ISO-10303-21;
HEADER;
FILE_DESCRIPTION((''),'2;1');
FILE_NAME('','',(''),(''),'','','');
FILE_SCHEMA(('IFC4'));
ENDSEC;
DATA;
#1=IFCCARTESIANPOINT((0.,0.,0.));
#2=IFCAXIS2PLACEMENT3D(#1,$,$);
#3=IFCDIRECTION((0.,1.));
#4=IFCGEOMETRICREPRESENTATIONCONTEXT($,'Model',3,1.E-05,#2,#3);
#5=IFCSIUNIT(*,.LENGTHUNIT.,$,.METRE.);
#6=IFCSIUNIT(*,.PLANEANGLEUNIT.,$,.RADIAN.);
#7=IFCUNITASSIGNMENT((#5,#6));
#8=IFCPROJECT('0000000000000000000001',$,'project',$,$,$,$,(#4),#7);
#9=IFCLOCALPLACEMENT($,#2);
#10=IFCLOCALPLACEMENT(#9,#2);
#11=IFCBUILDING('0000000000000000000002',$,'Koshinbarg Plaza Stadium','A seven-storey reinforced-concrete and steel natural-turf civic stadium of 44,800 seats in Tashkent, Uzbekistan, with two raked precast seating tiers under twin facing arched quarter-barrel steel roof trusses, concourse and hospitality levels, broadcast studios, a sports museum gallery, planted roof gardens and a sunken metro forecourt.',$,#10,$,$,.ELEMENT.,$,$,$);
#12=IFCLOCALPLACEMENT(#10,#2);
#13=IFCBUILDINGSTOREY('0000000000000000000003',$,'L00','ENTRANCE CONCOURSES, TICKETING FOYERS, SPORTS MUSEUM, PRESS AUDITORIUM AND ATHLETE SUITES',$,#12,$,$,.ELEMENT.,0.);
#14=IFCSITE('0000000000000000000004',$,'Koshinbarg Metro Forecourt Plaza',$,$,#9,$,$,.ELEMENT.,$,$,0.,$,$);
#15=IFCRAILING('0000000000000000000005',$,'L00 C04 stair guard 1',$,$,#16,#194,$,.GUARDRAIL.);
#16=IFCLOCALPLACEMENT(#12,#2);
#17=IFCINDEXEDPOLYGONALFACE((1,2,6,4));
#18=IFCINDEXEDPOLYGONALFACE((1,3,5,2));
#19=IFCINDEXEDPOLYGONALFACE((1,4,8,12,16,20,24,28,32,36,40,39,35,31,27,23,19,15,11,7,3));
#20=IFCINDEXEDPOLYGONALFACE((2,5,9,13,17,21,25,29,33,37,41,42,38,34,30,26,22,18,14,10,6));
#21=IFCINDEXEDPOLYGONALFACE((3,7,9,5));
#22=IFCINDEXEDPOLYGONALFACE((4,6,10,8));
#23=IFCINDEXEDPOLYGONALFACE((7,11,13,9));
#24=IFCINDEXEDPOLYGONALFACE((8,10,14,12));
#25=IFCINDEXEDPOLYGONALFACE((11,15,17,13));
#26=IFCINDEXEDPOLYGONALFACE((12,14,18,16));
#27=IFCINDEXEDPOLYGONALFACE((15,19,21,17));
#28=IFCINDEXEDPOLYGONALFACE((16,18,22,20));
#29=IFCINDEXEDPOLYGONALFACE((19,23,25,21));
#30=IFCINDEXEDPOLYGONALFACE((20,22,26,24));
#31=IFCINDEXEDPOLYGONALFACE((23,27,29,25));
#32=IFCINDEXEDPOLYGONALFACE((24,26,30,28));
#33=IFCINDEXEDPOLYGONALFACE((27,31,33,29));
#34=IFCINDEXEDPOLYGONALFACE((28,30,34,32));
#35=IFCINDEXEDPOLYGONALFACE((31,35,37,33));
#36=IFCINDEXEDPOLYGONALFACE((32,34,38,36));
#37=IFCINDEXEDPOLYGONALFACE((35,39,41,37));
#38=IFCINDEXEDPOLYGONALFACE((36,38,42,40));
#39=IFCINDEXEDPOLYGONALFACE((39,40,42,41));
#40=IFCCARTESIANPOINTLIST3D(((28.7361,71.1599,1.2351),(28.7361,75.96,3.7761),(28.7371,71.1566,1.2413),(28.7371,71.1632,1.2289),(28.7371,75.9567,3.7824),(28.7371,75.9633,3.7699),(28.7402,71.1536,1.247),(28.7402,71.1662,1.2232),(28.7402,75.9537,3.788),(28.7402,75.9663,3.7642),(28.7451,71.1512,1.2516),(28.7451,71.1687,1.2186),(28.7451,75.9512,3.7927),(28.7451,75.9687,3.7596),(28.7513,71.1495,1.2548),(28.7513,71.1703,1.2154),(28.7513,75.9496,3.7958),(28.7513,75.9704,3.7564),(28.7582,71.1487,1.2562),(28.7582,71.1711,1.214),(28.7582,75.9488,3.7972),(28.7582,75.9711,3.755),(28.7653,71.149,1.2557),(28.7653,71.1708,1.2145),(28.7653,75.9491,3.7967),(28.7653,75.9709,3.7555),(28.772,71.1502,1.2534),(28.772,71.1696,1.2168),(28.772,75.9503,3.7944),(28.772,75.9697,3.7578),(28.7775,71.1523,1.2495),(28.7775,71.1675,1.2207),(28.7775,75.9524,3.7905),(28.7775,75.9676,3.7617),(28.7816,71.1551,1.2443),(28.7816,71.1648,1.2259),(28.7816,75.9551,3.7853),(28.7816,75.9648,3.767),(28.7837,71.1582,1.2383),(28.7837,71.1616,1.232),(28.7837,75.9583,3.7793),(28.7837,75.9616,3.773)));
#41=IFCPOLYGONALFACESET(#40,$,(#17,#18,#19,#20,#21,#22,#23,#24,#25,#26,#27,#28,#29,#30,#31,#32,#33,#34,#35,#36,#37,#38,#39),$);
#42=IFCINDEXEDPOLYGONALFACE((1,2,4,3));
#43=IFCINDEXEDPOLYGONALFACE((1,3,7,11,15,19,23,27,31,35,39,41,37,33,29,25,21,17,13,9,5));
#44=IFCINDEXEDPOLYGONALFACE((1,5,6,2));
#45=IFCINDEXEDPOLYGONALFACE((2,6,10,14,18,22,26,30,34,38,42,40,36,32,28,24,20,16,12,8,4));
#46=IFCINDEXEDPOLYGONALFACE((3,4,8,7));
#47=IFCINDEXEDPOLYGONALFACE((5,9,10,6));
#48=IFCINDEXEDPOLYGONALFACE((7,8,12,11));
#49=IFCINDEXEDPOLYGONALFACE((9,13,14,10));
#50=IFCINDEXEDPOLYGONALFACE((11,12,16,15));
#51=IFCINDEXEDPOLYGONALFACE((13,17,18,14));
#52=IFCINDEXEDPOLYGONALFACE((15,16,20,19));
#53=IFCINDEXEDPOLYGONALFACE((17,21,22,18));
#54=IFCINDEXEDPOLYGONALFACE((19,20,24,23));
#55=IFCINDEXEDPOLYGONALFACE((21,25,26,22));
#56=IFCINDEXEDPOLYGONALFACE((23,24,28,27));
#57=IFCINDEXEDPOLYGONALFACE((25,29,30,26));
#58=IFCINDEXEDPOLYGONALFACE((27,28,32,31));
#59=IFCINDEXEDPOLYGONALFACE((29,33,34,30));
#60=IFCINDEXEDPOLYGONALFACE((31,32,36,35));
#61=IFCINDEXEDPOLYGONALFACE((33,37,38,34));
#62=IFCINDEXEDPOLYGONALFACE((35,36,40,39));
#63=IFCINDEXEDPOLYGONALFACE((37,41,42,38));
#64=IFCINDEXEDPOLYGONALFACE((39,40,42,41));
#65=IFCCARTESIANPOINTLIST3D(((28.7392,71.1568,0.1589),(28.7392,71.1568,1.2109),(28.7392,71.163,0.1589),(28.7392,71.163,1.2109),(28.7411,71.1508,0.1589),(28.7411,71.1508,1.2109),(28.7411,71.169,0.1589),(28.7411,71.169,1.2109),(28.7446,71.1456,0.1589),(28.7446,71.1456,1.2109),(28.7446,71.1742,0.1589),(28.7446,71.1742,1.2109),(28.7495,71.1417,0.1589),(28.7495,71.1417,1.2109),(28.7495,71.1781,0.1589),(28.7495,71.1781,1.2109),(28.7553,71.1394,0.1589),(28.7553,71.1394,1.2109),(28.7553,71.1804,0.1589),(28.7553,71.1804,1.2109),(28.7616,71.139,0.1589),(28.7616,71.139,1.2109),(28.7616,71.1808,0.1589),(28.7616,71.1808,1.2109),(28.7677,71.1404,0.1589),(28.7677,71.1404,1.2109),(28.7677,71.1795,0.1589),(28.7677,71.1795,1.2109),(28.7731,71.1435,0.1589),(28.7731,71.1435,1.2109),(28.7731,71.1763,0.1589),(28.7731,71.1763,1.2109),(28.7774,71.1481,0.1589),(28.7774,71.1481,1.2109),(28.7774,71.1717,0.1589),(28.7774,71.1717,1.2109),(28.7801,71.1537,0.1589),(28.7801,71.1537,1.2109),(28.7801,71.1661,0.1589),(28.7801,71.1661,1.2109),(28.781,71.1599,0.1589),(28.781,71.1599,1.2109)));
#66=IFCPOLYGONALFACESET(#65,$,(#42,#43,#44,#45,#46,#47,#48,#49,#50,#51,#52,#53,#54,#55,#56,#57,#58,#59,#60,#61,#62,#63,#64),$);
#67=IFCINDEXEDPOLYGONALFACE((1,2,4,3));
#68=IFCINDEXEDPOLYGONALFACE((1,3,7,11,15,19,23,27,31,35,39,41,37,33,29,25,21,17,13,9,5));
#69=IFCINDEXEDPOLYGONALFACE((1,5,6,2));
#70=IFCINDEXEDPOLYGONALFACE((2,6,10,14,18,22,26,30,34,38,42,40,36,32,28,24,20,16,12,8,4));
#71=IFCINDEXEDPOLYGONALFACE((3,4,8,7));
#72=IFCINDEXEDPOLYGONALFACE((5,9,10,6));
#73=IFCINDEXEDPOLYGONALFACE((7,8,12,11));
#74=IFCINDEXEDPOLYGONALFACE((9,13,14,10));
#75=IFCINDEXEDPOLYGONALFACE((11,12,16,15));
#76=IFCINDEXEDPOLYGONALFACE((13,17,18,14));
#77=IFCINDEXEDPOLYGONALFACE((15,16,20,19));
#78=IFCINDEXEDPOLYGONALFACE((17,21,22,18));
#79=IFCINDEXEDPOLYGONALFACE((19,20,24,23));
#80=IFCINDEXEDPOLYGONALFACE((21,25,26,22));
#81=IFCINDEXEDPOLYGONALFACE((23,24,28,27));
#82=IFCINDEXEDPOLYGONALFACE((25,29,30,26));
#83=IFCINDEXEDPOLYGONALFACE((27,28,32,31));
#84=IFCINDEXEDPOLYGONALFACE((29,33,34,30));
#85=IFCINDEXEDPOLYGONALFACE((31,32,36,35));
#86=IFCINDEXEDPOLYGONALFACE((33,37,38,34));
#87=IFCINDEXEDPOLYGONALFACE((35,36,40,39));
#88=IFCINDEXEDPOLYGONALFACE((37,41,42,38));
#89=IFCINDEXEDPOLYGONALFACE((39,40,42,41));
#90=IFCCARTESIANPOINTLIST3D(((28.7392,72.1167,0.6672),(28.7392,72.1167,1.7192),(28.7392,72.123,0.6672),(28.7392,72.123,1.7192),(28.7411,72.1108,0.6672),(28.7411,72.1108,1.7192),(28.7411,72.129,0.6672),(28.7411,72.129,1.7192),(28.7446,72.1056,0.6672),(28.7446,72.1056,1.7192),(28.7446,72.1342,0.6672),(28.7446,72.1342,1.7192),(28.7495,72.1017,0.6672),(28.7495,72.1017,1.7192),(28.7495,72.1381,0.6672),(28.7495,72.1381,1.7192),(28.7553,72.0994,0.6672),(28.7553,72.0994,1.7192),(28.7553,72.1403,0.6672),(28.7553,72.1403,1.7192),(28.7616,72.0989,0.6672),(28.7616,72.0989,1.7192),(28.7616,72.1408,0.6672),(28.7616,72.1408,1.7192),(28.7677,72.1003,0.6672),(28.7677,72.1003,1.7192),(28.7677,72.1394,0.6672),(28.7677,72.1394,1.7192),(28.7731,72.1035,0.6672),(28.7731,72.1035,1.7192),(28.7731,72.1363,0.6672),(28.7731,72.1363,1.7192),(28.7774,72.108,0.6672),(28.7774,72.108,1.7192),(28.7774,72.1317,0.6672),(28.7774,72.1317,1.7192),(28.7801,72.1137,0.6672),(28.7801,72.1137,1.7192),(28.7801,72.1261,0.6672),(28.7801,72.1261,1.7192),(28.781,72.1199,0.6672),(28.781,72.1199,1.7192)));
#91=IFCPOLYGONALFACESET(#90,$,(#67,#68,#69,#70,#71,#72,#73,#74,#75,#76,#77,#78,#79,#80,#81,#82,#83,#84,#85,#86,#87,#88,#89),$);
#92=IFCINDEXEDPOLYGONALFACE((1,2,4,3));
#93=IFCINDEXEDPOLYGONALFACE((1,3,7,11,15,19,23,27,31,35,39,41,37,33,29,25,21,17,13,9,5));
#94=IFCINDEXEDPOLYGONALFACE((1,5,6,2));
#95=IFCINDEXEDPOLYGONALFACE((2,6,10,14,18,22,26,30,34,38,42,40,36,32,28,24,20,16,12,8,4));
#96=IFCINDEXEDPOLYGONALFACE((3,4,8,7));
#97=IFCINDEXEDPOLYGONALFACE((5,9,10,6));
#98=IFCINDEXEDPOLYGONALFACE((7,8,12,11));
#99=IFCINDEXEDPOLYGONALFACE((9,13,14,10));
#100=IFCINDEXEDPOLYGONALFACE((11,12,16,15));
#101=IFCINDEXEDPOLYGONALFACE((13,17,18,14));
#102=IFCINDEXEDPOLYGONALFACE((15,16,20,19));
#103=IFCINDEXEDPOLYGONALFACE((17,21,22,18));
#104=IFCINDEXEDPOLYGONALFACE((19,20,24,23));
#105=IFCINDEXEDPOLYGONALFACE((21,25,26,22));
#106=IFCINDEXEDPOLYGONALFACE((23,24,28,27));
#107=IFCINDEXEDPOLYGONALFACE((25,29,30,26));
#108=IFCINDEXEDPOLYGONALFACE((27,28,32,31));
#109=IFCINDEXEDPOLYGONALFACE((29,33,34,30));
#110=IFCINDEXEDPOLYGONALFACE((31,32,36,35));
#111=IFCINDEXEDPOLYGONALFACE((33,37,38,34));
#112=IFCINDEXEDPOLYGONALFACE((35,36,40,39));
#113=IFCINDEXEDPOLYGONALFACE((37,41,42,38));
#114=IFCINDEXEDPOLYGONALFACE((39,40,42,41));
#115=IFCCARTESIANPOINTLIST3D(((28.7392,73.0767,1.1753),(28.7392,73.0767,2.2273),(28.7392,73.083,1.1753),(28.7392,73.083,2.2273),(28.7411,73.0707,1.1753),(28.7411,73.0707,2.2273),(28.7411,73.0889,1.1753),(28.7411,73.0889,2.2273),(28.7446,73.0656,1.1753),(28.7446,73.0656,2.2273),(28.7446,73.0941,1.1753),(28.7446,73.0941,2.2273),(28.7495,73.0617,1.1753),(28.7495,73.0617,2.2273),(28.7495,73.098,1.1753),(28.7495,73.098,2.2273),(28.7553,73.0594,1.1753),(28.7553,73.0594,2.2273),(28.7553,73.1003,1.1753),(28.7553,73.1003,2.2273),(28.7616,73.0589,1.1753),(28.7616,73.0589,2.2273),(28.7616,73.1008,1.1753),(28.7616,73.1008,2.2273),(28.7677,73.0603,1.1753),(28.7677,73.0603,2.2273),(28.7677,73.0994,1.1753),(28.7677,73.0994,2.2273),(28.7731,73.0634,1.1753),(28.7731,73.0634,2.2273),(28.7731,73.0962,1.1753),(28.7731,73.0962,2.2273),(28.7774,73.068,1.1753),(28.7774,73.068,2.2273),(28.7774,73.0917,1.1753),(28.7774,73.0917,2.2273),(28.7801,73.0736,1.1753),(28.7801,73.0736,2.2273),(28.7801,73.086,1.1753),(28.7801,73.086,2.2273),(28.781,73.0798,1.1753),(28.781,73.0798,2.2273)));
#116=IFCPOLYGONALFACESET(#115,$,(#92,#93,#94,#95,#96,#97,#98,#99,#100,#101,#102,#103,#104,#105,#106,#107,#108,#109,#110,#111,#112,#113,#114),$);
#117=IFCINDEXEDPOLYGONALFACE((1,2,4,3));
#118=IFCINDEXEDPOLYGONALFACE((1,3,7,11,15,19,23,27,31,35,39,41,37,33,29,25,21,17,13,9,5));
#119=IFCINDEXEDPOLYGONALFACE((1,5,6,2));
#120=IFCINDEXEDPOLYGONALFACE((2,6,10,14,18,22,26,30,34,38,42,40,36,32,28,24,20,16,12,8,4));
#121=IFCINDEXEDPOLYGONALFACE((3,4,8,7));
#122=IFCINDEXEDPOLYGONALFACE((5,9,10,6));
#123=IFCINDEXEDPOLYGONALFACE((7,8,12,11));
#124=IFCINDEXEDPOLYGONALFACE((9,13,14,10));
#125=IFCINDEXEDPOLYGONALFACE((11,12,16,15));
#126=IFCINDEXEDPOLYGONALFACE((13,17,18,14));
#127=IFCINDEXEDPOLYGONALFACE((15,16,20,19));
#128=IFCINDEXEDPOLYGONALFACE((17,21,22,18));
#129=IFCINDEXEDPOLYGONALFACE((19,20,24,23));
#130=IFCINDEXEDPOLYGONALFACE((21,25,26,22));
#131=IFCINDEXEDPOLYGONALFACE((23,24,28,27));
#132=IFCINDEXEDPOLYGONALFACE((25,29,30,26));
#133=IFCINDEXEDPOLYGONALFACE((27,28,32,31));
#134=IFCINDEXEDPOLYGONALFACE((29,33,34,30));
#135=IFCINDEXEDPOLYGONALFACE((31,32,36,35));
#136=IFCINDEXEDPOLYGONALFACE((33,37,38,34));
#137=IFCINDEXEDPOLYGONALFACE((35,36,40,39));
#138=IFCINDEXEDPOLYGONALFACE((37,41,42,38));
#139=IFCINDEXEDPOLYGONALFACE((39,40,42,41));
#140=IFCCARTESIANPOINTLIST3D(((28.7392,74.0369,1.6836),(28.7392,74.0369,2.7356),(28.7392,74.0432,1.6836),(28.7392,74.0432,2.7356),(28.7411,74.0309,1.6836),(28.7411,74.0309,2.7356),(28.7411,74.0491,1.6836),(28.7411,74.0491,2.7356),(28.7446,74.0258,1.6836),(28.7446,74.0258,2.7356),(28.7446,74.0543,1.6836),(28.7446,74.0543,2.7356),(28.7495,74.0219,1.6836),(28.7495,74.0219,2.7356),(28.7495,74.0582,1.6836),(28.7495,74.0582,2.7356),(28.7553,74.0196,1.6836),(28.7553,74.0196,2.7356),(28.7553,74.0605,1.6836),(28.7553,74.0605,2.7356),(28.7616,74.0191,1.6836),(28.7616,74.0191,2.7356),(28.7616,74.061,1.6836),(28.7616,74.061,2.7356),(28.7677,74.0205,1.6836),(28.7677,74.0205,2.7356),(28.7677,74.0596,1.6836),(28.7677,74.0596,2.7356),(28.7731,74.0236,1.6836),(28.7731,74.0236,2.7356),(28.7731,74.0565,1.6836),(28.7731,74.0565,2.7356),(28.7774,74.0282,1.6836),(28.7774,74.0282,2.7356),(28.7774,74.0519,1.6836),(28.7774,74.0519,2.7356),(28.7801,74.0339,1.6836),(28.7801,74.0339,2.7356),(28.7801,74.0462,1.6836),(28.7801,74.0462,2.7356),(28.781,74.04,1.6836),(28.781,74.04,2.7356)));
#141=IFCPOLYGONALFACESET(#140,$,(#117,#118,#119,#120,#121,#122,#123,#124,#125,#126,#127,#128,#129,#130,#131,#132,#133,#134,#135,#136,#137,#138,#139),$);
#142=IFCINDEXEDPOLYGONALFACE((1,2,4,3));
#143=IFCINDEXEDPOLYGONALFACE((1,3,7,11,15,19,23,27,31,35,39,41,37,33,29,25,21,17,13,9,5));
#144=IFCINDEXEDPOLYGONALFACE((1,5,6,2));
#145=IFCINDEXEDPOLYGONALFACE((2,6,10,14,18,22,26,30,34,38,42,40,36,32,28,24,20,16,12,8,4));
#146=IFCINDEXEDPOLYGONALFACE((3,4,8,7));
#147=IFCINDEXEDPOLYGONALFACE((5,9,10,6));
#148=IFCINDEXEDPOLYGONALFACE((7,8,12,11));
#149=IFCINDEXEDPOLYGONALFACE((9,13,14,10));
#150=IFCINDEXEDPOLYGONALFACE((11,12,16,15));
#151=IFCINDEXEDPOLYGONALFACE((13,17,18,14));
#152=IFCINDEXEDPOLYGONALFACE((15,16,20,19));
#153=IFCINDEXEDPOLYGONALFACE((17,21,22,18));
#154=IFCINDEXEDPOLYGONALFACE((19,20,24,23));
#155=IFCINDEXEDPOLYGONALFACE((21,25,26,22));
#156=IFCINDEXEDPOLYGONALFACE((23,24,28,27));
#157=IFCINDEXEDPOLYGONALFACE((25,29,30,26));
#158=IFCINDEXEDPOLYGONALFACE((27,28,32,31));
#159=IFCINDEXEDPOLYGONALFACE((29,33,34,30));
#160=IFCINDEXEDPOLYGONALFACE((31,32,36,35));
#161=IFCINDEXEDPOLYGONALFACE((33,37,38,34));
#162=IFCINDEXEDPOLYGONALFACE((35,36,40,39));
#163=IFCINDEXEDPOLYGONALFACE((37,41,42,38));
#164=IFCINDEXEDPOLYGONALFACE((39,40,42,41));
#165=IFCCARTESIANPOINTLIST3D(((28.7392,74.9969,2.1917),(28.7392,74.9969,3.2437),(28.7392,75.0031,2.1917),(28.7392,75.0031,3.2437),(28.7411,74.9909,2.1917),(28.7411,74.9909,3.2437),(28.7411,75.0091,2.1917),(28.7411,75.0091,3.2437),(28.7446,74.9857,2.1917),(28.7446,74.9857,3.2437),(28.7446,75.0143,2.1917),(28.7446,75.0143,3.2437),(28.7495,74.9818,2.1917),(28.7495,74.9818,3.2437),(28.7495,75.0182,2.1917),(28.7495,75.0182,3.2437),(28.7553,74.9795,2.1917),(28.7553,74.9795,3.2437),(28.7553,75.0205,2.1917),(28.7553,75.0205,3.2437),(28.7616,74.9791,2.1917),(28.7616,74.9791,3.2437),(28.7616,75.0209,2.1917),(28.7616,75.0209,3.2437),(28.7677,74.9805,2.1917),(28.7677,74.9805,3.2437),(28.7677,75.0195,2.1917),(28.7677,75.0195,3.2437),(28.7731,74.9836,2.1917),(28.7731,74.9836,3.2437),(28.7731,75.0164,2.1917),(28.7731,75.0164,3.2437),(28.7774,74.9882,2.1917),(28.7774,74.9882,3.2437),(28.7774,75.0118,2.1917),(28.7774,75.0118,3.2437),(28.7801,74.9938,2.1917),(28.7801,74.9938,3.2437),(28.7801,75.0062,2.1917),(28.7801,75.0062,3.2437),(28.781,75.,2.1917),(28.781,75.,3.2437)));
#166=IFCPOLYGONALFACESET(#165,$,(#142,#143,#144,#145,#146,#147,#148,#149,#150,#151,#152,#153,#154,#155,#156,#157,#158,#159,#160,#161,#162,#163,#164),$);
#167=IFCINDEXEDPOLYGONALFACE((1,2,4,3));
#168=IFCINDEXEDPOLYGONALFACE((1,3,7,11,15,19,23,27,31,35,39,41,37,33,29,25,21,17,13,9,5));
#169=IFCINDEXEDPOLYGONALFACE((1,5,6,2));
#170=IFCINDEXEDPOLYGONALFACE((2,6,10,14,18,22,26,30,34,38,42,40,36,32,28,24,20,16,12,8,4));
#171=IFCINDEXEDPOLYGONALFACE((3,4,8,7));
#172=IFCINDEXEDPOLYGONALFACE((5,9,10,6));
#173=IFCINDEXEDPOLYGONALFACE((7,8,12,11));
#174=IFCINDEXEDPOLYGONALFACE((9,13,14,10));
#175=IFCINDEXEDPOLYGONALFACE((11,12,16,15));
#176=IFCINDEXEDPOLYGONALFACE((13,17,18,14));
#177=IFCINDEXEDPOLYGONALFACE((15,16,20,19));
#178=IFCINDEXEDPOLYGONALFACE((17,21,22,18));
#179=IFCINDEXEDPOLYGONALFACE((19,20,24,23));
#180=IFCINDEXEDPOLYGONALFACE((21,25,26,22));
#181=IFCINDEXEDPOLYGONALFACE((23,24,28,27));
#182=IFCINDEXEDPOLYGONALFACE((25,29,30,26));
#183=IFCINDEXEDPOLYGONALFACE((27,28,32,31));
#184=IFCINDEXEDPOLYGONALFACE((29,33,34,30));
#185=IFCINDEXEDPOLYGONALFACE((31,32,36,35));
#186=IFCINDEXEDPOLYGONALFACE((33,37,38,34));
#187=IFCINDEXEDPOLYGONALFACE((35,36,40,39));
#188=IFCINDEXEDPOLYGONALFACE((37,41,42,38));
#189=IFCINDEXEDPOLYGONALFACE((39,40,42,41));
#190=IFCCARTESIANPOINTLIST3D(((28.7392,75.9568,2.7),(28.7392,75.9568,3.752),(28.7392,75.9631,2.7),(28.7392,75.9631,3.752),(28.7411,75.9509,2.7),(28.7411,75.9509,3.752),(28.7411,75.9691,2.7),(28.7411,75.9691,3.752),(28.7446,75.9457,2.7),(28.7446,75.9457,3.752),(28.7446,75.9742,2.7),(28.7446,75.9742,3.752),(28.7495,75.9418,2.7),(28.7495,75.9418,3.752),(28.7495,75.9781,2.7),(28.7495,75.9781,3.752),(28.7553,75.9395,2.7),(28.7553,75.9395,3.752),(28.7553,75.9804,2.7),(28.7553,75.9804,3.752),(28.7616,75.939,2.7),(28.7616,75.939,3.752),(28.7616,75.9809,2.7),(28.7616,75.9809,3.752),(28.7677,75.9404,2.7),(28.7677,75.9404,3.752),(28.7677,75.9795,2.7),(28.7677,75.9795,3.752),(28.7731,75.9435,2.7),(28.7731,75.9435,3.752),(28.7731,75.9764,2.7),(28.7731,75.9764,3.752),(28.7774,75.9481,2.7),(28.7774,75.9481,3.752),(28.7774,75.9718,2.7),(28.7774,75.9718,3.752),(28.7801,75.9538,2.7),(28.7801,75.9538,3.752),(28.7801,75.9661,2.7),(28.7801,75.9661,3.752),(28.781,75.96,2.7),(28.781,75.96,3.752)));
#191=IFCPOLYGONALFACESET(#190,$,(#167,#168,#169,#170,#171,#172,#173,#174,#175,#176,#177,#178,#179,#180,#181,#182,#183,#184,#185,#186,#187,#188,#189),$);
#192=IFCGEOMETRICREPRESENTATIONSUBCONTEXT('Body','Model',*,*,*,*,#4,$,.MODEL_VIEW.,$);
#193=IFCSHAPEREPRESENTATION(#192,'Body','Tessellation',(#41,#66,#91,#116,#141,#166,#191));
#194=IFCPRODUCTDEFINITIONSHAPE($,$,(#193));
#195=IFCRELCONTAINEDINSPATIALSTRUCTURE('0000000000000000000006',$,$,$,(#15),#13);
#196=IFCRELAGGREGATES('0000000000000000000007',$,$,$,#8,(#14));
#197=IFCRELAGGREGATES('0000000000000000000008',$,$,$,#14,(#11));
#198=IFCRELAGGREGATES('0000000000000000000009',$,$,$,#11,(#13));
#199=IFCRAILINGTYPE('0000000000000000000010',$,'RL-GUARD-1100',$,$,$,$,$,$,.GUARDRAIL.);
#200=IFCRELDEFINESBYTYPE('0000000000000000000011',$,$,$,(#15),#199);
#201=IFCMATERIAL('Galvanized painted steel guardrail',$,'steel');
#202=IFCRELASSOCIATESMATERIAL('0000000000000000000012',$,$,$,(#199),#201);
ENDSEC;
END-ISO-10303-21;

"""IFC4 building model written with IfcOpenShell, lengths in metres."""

from ifc_helpers import new_model, si_unit, direction, frame, origin, origin_2d, place, context, subcontext, project, spatial, circle, extrude, material, type_object, element, save


model = new_model("IFC4")

# Units and contexts
model_context = context("Model", 3, precision=1e-05, world=origin(), true_north=direction((0.0, 1.0)))
body_context = subcontext(model_context, "Body", "Model", "MODEL_VIEW")
ifc_project = project(units=[si_unit("LENGTHUNIT", "METRE"), si_unit("PLANEANGLEUNIT", "RADIAN")], contexts=[model_context])

# Site, building, storey
site_placement = place(None, origin())
site = spatial("IfcSite", under=ifc_project, at=site_placement, Name="Koshinbarg Metro Forecourt Plaza", CompositionType="ELEMENT", RefElevation=0.0)
building_placement = place(site_placement, origin())
building = spatial("IfcBuilding", under=site, at=building_placement, Name="Koshinbarg Plaza Stadium", Description="A seven-storey reinforced-concrete and steel natural-turf civic stadium of 44,800 seats in Tashkent, Uzbekistan, with two raked precast seating tiers under twin facing arched quarter-barrel steel roof trusses, concourse and hospitality levels, broadcast studios, a sports museum gallery, planted roof gardens and a sunken metro forecourt.", CompositionType="ELEMENT")
storey_placement = place(building_placement, origin())
storey = spatial("IfcBuildingStorey", under=building, at=storey_placement, Name="L00", Description="ENTRANCE CONCOURSES, TICKETING FOYERS, SPORTS MUSEUM, PRESS AUDITORIUM AND ATHLETE SUITES", CompositionType="ELEMENT", Elevation=0.0)

# Railing
ifc_material_1 = material(Name="Galvanized painted steel guardrail", Category="steel")
railing_type_1 = type_object("IfcRailingType", Name="RL-GUARD-1100", PredefinedType="GUARDRAIL", material=ifc_material_1)
railing_1_placement = place(storey_placement, frame((28.76, 71.1599, 0.1589)))
element("IfcRailing", 1, at=railing_1_placement, inside=storey, type_object=railing_type_1, Name="L00 C04 stair guard 1", PredefinedType="GUARDRAIL", context=body_context, shape_type="SweptSolid", body=[
    extrude(circle(Radius=0.0239, at=origin_2d()), frame((0.0, 0.0, 1.0762), z_axis=(0.0, 0.883802, 0.467861), x_axis=(-1.0, 0.0, 0.0)), (0.0, 0.0, 1.0), 5.4312),
    extrude(circle(Radius=0.021, at=origin_2d()), origin(), (0.0, 0.0, 1.0), 1.052),
    extrude(circle(Radius=0.021, at=origin_2d()), frame((0.0, 0.96, 0.5083)), (0.0, 0.0, 1.0), 1.052),
    extrude(circle(Radius=0.021, at=origin_2d()), frame((0.0, 1.9199, 1.0164)), (0.0, 0.0, 1.0), 1.052),
    extrude(circle(Radius=0.021, at=origin_2d()), frame((0.0, 2.8801, 1.5247)), (0.0, 0.0, 1.0), 1.052),
    extrude(circle(Radius=0.021, at=origin_2d()), frame((0.0, 3.8401, 2.0327)), (0.0, 0.0, 1.0), 1.052),
    extrude(circle(Radius=0.021, at=origin_2d()), frame((0.0, 4.8, 2.541)), (0.0, 0.0, 1.0), 1.052),
])

save(model, "model.ifc")
